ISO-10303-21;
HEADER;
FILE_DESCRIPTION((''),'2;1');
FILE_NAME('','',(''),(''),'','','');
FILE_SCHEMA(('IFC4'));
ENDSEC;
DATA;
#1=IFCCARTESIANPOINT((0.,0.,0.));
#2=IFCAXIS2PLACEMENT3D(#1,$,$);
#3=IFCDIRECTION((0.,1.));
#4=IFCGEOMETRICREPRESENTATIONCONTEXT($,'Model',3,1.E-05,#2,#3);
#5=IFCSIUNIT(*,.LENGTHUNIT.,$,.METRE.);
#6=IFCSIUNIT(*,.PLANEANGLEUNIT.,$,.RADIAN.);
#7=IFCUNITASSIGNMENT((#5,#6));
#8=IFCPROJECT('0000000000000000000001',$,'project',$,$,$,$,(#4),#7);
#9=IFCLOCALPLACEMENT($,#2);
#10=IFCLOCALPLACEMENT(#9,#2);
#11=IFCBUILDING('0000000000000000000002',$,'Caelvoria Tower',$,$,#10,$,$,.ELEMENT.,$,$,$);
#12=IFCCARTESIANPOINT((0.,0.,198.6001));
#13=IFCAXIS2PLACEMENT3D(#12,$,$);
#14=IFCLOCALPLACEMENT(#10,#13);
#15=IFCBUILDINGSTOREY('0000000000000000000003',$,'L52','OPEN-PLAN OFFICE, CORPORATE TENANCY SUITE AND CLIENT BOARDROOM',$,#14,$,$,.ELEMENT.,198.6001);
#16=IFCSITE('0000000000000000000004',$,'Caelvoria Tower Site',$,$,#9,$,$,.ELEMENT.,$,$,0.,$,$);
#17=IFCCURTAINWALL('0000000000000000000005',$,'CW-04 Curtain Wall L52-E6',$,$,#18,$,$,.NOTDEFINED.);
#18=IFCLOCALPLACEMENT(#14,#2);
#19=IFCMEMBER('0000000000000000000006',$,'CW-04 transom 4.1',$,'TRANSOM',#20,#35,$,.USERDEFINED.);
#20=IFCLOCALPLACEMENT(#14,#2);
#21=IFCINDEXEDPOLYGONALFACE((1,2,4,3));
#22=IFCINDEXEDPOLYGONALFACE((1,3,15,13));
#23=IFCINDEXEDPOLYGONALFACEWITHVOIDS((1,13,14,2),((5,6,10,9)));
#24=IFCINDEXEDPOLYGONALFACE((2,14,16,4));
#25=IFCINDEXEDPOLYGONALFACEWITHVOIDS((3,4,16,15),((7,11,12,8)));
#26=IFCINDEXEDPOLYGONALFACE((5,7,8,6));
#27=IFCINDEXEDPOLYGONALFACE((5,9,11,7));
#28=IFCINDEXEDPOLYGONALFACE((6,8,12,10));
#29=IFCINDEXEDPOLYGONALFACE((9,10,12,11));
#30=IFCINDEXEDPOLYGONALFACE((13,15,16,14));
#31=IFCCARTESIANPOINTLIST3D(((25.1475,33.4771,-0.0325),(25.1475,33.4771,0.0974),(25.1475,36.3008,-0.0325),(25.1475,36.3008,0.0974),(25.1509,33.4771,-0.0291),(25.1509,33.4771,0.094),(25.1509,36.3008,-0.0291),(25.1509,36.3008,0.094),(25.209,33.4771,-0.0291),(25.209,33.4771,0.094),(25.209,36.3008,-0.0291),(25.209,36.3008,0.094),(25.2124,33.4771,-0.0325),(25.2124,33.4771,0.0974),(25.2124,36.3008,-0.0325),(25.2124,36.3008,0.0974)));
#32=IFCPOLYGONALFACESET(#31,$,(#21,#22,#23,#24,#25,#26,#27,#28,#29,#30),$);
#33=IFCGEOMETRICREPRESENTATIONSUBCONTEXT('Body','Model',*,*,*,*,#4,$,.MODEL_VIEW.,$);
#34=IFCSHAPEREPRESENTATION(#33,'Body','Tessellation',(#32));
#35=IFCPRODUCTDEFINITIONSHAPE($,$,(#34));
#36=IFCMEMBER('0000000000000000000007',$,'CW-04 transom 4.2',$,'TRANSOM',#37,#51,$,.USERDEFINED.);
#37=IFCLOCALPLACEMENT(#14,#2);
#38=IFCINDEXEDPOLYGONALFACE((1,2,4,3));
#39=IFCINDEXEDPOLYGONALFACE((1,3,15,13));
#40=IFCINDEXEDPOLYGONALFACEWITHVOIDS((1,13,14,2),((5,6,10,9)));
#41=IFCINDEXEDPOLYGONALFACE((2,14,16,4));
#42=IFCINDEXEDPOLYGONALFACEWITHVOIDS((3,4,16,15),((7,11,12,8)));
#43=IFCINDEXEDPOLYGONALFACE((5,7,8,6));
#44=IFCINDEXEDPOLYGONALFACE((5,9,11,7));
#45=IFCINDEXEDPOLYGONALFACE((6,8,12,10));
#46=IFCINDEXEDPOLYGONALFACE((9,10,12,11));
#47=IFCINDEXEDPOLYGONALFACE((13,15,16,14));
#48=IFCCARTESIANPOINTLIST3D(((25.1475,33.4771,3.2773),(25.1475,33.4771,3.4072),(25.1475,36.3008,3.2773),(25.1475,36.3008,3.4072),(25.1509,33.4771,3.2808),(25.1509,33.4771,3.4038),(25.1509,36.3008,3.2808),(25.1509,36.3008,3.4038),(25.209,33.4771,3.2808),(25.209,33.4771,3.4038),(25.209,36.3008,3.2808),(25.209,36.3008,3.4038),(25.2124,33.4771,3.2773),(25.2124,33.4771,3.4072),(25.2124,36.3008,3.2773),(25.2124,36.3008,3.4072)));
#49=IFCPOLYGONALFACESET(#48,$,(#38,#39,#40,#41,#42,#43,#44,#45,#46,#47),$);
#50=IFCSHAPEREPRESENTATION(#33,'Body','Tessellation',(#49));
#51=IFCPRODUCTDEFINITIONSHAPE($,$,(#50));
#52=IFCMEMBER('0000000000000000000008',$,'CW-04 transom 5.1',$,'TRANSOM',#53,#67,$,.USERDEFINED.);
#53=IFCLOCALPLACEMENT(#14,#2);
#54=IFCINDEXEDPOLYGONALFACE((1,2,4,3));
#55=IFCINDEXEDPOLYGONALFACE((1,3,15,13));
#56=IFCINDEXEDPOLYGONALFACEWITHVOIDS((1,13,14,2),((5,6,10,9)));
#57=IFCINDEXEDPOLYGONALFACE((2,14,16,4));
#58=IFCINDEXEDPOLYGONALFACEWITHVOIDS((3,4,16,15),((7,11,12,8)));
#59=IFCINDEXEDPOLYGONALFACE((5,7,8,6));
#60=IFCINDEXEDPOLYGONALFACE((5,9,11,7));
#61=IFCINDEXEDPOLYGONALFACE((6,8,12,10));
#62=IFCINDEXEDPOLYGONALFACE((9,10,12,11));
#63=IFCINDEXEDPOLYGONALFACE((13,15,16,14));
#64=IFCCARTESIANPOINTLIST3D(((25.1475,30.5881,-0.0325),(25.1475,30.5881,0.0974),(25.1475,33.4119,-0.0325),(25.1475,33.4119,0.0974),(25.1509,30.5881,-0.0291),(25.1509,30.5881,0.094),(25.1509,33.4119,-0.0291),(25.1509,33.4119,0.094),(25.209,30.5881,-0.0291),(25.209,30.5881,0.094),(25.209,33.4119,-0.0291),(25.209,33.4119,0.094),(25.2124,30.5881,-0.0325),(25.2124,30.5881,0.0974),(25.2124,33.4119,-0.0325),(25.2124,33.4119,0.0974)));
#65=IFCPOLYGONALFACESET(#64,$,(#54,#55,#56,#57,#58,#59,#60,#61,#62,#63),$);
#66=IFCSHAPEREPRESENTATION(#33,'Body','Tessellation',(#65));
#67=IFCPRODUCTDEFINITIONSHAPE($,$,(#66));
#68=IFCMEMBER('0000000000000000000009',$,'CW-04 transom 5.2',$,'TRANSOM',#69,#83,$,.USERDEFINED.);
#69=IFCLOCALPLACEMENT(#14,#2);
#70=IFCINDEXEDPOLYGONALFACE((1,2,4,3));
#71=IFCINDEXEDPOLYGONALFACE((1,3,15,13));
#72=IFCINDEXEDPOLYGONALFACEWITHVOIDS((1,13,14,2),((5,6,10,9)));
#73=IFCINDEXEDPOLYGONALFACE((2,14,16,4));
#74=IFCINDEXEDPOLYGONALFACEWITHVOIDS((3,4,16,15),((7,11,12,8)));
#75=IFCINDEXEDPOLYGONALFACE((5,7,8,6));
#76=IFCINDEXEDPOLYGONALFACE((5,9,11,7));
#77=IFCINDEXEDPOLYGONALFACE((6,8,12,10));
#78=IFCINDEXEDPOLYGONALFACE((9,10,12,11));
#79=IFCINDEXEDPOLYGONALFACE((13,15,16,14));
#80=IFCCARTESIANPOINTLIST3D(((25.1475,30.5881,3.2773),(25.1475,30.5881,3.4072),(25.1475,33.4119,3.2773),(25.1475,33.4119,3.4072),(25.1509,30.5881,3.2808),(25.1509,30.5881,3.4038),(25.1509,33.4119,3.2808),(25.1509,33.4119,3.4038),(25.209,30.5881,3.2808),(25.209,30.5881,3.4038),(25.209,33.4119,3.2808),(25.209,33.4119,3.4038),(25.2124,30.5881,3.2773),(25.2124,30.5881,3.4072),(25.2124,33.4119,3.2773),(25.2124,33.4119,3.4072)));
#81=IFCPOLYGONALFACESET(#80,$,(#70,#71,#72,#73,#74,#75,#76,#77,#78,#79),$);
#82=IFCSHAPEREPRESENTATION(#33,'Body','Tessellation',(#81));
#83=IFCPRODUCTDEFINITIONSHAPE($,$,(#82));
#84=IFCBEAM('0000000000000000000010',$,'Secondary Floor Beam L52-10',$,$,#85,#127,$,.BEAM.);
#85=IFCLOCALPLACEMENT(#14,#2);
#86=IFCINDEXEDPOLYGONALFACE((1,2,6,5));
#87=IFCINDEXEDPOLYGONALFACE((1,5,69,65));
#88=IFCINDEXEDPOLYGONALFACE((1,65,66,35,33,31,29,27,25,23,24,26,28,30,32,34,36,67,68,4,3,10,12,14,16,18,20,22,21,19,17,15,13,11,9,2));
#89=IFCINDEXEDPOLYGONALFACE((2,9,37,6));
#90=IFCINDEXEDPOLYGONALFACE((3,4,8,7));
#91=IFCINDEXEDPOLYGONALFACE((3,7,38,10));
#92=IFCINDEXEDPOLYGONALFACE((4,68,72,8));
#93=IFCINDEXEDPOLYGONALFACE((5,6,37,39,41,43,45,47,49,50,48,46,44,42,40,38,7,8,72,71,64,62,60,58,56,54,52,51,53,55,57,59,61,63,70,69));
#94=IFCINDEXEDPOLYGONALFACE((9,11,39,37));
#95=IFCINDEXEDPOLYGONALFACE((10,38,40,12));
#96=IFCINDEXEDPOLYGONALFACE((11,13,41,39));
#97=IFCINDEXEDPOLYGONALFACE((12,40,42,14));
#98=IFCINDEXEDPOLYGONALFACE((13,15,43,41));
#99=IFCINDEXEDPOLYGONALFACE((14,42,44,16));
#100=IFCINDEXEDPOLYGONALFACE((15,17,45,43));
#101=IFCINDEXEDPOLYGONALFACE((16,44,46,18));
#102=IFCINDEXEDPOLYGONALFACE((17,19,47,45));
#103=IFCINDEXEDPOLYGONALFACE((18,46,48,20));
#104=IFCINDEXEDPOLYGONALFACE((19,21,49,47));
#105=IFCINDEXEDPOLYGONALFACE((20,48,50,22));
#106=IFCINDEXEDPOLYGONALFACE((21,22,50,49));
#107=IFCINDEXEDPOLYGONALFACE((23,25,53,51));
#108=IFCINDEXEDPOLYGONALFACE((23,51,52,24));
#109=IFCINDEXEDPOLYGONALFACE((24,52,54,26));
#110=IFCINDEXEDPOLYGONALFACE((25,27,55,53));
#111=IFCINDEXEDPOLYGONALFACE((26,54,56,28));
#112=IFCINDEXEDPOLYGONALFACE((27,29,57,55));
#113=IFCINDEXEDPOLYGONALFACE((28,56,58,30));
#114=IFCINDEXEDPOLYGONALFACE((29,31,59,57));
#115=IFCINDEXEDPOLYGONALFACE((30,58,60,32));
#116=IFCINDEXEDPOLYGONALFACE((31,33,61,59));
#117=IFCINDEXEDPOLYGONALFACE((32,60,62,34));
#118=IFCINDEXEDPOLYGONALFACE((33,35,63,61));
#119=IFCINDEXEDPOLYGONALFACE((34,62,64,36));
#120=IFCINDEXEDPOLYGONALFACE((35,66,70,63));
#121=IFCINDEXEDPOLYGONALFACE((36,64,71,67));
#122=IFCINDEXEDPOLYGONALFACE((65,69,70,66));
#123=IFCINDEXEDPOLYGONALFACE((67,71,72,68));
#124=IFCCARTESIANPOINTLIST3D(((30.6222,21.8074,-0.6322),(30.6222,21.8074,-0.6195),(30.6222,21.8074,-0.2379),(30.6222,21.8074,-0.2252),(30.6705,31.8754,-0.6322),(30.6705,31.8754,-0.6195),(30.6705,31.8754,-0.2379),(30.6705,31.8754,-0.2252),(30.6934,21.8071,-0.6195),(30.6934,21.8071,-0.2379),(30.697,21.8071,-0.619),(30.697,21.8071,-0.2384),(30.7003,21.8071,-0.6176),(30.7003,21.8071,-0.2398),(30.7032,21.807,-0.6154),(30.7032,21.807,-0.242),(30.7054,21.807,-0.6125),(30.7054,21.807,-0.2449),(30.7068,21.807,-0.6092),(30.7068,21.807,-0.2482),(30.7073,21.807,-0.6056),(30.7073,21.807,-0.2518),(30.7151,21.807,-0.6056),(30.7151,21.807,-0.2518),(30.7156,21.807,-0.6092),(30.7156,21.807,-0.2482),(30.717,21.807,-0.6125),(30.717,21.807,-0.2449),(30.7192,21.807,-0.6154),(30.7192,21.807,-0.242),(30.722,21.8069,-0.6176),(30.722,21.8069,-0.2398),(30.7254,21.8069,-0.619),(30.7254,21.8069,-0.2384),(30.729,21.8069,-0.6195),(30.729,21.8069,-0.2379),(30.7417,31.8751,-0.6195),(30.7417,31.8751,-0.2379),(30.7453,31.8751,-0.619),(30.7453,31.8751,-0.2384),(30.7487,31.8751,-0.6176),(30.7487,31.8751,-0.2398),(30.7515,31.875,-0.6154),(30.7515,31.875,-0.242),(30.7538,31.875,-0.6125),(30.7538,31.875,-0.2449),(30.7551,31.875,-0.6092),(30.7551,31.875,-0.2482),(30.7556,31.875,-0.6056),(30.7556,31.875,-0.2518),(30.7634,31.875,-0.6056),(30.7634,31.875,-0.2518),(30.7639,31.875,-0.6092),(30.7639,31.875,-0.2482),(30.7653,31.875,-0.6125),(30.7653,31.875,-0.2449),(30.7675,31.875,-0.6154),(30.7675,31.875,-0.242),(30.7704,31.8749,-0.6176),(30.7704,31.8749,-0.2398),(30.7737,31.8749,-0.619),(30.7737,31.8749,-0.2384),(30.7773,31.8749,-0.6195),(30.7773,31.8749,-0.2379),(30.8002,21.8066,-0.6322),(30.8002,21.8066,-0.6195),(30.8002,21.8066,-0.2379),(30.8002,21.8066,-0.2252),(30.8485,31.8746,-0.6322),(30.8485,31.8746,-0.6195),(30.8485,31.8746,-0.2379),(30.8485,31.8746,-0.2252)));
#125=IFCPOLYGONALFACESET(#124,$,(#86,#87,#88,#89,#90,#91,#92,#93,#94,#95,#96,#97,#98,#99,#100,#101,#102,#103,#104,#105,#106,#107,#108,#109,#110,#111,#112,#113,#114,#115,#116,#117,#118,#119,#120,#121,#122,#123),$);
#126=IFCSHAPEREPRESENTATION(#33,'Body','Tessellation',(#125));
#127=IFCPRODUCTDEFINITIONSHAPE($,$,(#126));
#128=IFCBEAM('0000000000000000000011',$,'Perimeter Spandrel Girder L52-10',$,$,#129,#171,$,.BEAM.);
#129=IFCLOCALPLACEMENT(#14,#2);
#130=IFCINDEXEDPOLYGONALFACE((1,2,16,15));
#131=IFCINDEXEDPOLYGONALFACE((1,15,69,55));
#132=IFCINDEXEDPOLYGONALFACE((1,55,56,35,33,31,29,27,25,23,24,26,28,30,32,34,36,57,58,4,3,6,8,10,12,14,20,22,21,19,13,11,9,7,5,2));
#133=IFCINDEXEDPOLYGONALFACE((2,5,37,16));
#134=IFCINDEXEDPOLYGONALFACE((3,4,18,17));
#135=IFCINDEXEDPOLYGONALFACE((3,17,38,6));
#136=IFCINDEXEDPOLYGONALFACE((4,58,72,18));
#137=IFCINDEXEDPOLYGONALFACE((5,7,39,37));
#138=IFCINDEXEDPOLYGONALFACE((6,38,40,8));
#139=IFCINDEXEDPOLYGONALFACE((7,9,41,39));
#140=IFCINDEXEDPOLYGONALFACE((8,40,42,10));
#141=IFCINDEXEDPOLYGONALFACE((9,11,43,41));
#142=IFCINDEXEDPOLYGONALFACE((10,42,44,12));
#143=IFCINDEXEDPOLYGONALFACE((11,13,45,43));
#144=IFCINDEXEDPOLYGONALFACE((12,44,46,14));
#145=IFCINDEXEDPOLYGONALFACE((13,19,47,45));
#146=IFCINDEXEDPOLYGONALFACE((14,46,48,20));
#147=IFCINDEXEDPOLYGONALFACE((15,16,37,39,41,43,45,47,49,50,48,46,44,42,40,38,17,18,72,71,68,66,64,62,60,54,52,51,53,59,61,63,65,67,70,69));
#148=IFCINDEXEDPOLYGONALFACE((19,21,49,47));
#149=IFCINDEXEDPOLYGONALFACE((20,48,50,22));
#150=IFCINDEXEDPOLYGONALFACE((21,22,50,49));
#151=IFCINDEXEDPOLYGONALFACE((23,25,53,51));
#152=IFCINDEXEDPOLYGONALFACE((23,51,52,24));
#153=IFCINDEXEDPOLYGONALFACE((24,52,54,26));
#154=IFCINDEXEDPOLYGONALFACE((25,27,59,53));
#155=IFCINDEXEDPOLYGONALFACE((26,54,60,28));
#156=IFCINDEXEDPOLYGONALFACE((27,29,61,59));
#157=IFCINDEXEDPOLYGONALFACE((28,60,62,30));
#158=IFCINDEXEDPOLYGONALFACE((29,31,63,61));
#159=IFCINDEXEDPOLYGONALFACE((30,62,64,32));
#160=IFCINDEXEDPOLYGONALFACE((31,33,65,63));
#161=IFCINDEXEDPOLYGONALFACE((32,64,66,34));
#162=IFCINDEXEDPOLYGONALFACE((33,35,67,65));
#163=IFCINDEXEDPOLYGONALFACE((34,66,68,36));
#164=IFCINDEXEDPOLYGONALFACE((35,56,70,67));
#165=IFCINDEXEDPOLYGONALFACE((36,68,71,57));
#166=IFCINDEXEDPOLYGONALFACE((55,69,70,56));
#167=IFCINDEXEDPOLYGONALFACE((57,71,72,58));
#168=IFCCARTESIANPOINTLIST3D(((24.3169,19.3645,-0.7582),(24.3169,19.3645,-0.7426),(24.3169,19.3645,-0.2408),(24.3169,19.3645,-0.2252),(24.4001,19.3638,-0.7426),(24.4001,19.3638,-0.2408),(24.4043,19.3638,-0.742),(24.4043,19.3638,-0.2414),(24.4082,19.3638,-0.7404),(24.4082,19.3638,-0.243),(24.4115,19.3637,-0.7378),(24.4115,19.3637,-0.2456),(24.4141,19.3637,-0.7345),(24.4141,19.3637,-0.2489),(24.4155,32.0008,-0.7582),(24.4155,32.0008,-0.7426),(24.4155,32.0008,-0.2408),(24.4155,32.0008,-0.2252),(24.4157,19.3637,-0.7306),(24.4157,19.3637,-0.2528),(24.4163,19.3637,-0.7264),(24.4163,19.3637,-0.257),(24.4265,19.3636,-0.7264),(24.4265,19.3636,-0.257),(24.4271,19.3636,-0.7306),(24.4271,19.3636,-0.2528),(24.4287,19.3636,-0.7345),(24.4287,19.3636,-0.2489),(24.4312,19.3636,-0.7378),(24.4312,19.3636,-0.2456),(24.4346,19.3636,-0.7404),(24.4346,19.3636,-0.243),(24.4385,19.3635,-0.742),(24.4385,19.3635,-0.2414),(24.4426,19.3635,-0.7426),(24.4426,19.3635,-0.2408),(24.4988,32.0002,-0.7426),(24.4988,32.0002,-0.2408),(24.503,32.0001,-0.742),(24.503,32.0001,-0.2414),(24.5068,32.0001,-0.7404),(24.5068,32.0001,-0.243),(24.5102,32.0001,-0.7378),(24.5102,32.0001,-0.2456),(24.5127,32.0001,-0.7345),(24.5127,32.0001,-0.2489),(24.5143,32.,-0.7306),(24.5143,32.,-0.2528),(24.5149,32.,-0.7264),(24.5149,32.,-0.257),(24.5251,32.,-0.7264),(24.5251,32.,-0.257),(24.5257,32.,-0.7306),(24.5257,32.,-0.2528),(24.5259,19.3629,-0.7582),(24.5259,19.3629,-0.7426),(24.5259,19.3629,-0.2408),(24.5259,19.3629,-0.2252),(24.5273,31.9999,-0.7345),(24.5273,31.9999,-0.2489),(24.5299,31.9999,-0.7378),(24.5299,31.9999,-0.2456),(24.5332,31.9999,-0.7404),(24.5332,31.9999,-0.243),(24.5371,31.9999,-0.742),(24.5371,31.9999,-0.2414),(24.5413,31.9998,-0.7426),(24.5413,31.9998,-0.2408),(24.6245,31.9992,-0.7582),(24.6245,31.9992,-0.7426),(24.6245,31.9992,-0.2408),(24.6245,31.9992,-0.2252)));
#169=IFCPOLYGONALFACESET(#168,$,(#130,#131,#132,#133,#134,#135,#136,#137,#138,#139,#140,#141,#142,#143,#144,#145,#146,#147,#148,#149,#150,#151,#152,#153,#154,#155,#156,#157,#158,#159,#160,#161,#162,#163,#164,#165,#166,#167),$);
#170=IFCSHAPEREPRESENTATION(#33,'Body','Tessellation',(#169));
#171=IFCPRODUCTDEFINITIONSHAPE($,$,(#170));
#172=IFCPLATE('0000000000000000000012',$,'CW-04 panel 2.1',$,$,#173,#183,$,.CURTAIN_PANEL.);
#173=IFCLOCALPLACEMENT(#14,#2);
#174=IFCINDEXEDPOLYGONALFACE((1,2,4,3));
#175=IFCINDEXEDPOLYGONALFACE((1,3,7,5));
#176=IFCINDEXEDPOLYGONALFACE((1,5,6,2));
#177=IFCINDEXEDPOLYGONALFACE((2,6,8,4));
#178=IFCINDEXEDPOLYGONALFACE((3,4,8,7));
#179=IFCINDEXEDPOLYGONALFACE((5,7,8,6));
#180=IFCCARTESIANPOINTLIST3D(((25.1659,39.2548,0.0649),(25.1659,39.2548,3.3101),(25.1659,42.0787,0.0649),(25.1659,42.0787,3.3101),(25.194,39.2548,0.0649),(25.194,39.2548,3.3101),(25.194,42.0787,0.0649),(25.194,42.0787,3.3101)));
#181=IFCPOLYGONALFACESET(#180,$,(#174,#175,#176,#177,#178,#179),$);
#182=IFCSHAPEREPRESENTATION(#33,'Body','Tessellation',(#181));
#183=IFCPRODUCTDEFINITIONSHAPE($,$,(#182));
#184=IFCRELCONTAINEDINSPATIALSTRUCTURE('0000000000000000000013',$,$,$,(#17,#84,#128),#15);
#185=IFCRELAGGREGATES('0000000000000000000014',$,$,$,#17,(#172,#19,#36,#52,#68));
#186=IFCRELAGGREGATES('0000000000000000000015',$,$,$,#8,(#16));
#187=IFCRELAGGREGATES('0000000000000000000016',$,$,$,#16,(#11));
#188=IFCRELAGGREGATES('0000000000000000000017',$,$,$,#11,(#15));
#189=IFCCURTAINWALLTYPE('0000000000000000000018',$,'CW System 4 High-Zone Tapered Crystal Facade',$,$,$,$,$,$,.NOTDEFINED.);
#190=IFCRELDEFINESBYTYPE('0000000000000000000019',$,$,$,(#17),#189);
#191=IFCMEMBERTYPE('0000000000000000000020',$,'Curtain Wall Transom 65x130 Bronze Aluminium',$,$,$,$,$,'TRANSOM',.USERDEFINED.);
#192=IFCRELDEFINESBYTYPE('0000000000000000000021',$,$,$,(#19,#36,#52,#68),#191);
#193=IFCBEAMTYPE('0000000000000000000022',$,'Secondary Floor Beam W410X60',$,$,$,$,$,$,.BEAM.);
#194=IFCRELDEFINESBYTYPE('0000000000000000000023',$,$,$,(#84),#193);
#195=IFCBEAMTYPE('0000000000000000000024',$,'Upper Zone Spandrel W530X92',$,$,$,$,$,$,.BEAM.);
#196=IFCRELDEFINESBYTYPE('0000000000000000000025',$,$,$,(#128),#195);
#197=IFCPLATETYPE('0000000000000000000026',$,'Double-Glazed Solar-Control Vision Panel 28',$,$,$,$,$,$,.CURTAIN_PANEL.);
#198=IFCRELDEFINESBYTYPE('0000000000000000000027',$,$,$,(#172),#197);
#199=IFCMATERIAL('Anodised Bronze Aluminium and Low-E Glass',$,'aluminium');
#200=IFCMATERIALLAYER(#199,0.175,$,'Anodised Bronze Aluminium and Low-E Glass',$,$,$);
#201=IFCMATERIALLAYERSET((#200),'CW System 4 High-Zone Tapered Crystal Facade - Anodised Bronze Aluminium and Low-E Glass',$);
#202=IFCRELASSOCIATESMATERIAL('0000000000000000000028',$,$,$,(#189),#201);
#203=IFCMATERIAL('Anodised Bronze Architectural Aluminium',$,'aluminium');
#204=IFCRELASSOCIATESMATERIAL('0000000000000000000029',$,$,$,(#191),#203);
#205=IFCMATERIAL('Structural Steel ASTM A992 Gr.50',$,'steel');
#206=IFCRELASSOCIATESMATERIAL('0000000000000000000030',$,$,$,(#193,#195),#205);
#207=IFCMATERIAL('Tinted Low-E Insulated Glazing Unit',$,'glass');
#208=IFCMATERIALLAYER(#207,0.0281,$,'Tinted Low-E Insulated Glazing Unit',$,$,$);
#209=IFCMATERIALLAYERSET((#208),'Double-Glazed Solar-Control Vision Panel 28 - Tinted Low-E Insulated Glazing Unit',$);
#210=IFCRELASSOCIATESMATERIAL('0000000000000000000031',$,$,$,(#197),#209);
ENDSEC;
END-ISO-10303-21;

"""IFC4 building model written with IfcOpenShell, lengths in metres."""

from ifc_helpers import new_model, si_unit, direction, frame, origin, origin_2d, place, context, subcontext, project, spatial, rectangle, hollow_rectangle, i_section, extrude, material, layer, layer_set, material_profile, profile_set, type_object, element, aggregate, save


model = new_model("IFC4")

# Units and contexts
model_context = context("Model", 3, precision=1e-05, world=origin(), true_north=direction((0.0, 1.0)))
body_context = subcontext(model_context, "Body", "Model", "MODEL_VIEW")
ifc_project = project(units=[si_unit("LENGTHUNIT", "METRE"), si_unit("PLANEANGLEUNIT", "RADIAN")], contexts=[model_context])

# Site, building, storey
site_placement = place(None, origin())
site = spatial("IfcSite", under=ifc_project, at=site_placement, Name="Caelvoria Tower Site", CompositionType="ELEMENT", RefElevation=0.0)
building_placement = place(site_placement, origin())
building = spatial("IfcBuilding", under=site, at=building_placement, Name="Caelvoria Tower", CompositionType="ELEMENT")
storey_placement = place(building_placement, frame((0.0, 0.0, 198.6001)))
storey = spatial("IfcBuildingStorey", under=building, at=storey_placement, Name="L52", Description="OPEN-PLAN OFFICE, CORPORATE TENANCY SUITE AND CLIENT BOARDROOM", CompositionType="ELEMENT", Elevation=198.6001)

# Shared definitions
ifc_material_1 = material(Name="Structural Steel ASTM A992 Gr.50", Category="steel")

# Curtain wall, members
ifc_material_2 = material(Name="Anodised Bronze Aluminium and Low-E Glass", Category="aluminium")
ifc_layer_1 = layer(ifc_material_2, 0.175, Name="Anodised Bronze Aluminium and Low-E Glass")
ifc_layer_set_1 = layer_set([ifc_layer_1], Name="CW System 4 High-Zone Tapered Crystal Facade - Anodised Bronze Aluminium and Low-E Glass")
curtain_wall_type = type_object("IfcCurtainWallType", Name="CW System 4 High-Zone Tapered Crystal Facade", PredefinedType="NOTDEFINED", material=ifc_layer_set_1)
curtain_wall_placement = place(storey_placement, origin())
curtain_wall = element("IfcCurtainWall", 1, at=curtain_wall_placement, inside=storey, type_object=curtain_wall_type, Name="CW-04 Curtain Wall L52-E6", PredefinedType="NOTDEFINED")
ifc_material_3 = material(Name="Anodised Bronze Architectural Aluminium", Category="aluminium")
ifc_material_profile_1 = material_profile(ifc_material_3, hollow_rectangle(XDim=0.0649, YDim=0.1299, WallThickness=0.0034, at=origin_2d()), Name="Anodised Bronze Architectural Aluminium")
ifc_profile_set_1 = profile_set([ifc_material_profile_1], Name="CW_TRAN_65X130 - Anodised Bronze Architectural Aluminium")
member_type_1 = type_object("IfcMemberType", Name="Curtain Wall Transom 65x130 Bronze Aluminium", ElementType="TRANSOM", PredefinedType="USERDEFINED", material=ifc_profile_set_1)
member_1_placement = place(storey_placement, frame((25.1799, 36.3008, 0.0325), z_axis=(0.0, -1.0, 0.0), x_axis=(1.0, 0.0, 0.0)))
member_1 = element("IfcMember", 2, at=member_1_placement, type_object=member_type_1, Name="CW-04 transom 4.1", ObjectType="TRANSOM", PredefinedType="USERDEFINED", context=body_context, shape_type="SweptSolid", body=[
    extrude(hollow_rectangle(XDim=0.0649, YDim=0.1299, WallThickness=0.0034, at=origin_2d()), origin(), (0.0, 0.0, 1.0), 2.8237),
])
member_2_placement = place(storey_placement, frame((25.1799, 36.3008, 3.3423), z_axis=(0.0, -1.0, 0.0), x_axis=(1.0, 0.0, 0.0)))
member_2 = element("IfcMember", 3, at=member_2_placement, type_object=member_type_1, Name="CW-04 transom 4.2", ObjectType="TRANSOM", PredefinedType="USERDEFINED", context=body_context, shape_type="SweptSolid", body=[
    extrude(hollow_rectangle(XDim=0.0649, YDim=0.1299, WallThickness=0.0034, at=origin_2d()), origin(), (0.0, 0.0, 1.0), 2.8237),
])
member_3_placement = place(storey_placement, frame((25.1799, 33.4119, 0.0325), z_axis=(0.0, -1.0, 0.0), x_axis=(1.0, 0.0, 0.0)))
member_3 = element("IfcMember", 4, at=member_3_placement, type_object=member_type_1, Name="CW-04 transom 5.1", ObjectType="TRANSOM", PredefinedType="USERDEFINED", context=body_context, shape_type="SweptSolid", body=[
    extrude(hollow_rectangle(XDim=0.0649, YDim=0.1299, WallThickness=0.0034, at=origin_2d()), origin(), (0.0, 0.0, 1.0), 2.8237),
])
member_4_placement = place(storey_placement, frame((25.1799, 33.4119, 3.3423), z_axis=(0.0, -1.0, 0.0), x_axis=(1.0, 0.0, 0.0)))
member_4 = element("IfcMember", 5, at=member_4_placement, type_object=member_type_1, Name="CW-04 transom 5.2", ObjectType="TRANSOM", PredefinedType="USERDEFINED", context=body_context, shape_type="SweptSolid", body=[
    extrude(hollow_rectangle(XDim=0.0649, YDim=0.1299, WallThickness=0.0034, at=origin_2d()), origin(), (0.0, 0.0, 1.0), 2.8237),
])

# Beams
ifc_material_profile_2 = material_profile(ifc_material_1, i_section(OverallWidth=0.178, OverallDepth=0.407, WebThickness=0.0078, FlangeThickness=0.0127, FilletRadius=0.0139, at=origin_2d()), Name="Structural Steel ASTM A992 Gr.50")
ifc_profile_set_2 = profile_set([ifc_material_profile_2], Name="W410X60 - Structural Steel ASTM A992 Gr.50")
beam_type_1 = type_object("IfcBeamType", Name="Secondary Floor Beam W410X60", PredefinedType="BEAM", material=ifc_profile_set_2)
beam_1_placement = place(storey_placement, frame((30.7595, 31.875, -0.4287), z_axis=(-0.004801, -0.999988, 0.0), x_axis=(0.999988, -0.004801, 0.0)))
element("IfcBeam", 6, at=beam_1_placement, inside=storey, type_object=beam_type_1, Name="Secondary Floor Beam L52-10", PredefinedType="BEAM", context=body_context, shape_type="SweptSolid", body=[
    extrude(i_section(OverallWidth=0.178, OverallDepth=0.407, WebThickness=0.0078, FlangeThickness=0.0127, FilletRadius=0.0139, at=origin_2d()), origin(), (0.0, 0.0, 1.0), 10.0681),
])
ifc_material_profile_3 = material_profile(ifc_material_1, i_section(OverallWidth=0.209, OverallDepth=0.533, WebThickness=0.0103, FlangeThickness=0.0156, FilletRadius=0.0161, at=origin_2d()), Name="Structural Steel ASTM A992 Gr.50")
ifc_profile_set_3 = profile_set([ifc_material_profile_3], Name="W530X92 - Structural Steel ASTM A992 Gr.50")
beam_type_2 = type_object("IfcBeamType", Name="Upper Zone Spandrel W530X92", PredefinedType="BEAM", material=ifc_profile_set_3)
beam_2_placement = place(storey_placement, frame((24.52, 32.0, -0.4917), z_axis=(-0.007805, -0.99997, 0.0), x_axis=(0.99997, -0.007805, 0.0)))
element("IfcBeam", 7, at=beam_2_placement, inside=storey, type_object=beam_type_2, Name="Perimeter Spandrel Girder L52-10", PredefinedType="BEAM", context=body_context, shape_type="SweptSolid", body=[
    extrude(i_section(OverallWidth=0.209, OverallDepth=0.533, WebThickness=0.0103, FlangeThickness=0.0156, FilletRadius=0.0161, at=origin_2d()), origin(), (0.0, 0.0, 1.0), 12.6367),
])

# Plate
ifc_material_4 = material(Name="Tinted Low-E Insulated Glazing Unit", Category="glass")
ifc_layer_2 = layer(ifc_material_4, 0.0281, Name="Tinted Low-E Insulated Glazing Unit")
ifc_layer_set_2 = layer_set([ifc_layer_2], Name="Double-Glazed Solar-Control Vision Panel 28 - Tinted Low-E Insulated Glazing Unit")
plate_type_1 = type_object("IfcPlateType", Name="Double-Glazed Solar-Control Vision Panel 28", PredefinedType="CURTAIN_PANEL", material=ifc_layer_set_2)
plate_1_placement = place(storey_placement, frame((25.1799, 40.6667, 0.0649), z_axis=(0.0, 0.0, 1.0), x_axis=(0.0, -1.0, 0.0)))
plate_1 = element("IfcPlate", 8, at=plate_1_placement, type_object=plate_type_1, Name="CW-04 panel 2.1", PredefinedType="CURTAIN_PANEL", context=body_context, shape_type="SweptSolid", body=[
    extrude(rectangle(XDim=2.824, YDim=0.0281, at=origin_2d()), origin(), (0.0, 0.0, 1.0), 3.2451),
])
aggregate(curtain_wall, [plate_1, member_1, member_2, member_3, member_4])

save(model, "model.ifc")
